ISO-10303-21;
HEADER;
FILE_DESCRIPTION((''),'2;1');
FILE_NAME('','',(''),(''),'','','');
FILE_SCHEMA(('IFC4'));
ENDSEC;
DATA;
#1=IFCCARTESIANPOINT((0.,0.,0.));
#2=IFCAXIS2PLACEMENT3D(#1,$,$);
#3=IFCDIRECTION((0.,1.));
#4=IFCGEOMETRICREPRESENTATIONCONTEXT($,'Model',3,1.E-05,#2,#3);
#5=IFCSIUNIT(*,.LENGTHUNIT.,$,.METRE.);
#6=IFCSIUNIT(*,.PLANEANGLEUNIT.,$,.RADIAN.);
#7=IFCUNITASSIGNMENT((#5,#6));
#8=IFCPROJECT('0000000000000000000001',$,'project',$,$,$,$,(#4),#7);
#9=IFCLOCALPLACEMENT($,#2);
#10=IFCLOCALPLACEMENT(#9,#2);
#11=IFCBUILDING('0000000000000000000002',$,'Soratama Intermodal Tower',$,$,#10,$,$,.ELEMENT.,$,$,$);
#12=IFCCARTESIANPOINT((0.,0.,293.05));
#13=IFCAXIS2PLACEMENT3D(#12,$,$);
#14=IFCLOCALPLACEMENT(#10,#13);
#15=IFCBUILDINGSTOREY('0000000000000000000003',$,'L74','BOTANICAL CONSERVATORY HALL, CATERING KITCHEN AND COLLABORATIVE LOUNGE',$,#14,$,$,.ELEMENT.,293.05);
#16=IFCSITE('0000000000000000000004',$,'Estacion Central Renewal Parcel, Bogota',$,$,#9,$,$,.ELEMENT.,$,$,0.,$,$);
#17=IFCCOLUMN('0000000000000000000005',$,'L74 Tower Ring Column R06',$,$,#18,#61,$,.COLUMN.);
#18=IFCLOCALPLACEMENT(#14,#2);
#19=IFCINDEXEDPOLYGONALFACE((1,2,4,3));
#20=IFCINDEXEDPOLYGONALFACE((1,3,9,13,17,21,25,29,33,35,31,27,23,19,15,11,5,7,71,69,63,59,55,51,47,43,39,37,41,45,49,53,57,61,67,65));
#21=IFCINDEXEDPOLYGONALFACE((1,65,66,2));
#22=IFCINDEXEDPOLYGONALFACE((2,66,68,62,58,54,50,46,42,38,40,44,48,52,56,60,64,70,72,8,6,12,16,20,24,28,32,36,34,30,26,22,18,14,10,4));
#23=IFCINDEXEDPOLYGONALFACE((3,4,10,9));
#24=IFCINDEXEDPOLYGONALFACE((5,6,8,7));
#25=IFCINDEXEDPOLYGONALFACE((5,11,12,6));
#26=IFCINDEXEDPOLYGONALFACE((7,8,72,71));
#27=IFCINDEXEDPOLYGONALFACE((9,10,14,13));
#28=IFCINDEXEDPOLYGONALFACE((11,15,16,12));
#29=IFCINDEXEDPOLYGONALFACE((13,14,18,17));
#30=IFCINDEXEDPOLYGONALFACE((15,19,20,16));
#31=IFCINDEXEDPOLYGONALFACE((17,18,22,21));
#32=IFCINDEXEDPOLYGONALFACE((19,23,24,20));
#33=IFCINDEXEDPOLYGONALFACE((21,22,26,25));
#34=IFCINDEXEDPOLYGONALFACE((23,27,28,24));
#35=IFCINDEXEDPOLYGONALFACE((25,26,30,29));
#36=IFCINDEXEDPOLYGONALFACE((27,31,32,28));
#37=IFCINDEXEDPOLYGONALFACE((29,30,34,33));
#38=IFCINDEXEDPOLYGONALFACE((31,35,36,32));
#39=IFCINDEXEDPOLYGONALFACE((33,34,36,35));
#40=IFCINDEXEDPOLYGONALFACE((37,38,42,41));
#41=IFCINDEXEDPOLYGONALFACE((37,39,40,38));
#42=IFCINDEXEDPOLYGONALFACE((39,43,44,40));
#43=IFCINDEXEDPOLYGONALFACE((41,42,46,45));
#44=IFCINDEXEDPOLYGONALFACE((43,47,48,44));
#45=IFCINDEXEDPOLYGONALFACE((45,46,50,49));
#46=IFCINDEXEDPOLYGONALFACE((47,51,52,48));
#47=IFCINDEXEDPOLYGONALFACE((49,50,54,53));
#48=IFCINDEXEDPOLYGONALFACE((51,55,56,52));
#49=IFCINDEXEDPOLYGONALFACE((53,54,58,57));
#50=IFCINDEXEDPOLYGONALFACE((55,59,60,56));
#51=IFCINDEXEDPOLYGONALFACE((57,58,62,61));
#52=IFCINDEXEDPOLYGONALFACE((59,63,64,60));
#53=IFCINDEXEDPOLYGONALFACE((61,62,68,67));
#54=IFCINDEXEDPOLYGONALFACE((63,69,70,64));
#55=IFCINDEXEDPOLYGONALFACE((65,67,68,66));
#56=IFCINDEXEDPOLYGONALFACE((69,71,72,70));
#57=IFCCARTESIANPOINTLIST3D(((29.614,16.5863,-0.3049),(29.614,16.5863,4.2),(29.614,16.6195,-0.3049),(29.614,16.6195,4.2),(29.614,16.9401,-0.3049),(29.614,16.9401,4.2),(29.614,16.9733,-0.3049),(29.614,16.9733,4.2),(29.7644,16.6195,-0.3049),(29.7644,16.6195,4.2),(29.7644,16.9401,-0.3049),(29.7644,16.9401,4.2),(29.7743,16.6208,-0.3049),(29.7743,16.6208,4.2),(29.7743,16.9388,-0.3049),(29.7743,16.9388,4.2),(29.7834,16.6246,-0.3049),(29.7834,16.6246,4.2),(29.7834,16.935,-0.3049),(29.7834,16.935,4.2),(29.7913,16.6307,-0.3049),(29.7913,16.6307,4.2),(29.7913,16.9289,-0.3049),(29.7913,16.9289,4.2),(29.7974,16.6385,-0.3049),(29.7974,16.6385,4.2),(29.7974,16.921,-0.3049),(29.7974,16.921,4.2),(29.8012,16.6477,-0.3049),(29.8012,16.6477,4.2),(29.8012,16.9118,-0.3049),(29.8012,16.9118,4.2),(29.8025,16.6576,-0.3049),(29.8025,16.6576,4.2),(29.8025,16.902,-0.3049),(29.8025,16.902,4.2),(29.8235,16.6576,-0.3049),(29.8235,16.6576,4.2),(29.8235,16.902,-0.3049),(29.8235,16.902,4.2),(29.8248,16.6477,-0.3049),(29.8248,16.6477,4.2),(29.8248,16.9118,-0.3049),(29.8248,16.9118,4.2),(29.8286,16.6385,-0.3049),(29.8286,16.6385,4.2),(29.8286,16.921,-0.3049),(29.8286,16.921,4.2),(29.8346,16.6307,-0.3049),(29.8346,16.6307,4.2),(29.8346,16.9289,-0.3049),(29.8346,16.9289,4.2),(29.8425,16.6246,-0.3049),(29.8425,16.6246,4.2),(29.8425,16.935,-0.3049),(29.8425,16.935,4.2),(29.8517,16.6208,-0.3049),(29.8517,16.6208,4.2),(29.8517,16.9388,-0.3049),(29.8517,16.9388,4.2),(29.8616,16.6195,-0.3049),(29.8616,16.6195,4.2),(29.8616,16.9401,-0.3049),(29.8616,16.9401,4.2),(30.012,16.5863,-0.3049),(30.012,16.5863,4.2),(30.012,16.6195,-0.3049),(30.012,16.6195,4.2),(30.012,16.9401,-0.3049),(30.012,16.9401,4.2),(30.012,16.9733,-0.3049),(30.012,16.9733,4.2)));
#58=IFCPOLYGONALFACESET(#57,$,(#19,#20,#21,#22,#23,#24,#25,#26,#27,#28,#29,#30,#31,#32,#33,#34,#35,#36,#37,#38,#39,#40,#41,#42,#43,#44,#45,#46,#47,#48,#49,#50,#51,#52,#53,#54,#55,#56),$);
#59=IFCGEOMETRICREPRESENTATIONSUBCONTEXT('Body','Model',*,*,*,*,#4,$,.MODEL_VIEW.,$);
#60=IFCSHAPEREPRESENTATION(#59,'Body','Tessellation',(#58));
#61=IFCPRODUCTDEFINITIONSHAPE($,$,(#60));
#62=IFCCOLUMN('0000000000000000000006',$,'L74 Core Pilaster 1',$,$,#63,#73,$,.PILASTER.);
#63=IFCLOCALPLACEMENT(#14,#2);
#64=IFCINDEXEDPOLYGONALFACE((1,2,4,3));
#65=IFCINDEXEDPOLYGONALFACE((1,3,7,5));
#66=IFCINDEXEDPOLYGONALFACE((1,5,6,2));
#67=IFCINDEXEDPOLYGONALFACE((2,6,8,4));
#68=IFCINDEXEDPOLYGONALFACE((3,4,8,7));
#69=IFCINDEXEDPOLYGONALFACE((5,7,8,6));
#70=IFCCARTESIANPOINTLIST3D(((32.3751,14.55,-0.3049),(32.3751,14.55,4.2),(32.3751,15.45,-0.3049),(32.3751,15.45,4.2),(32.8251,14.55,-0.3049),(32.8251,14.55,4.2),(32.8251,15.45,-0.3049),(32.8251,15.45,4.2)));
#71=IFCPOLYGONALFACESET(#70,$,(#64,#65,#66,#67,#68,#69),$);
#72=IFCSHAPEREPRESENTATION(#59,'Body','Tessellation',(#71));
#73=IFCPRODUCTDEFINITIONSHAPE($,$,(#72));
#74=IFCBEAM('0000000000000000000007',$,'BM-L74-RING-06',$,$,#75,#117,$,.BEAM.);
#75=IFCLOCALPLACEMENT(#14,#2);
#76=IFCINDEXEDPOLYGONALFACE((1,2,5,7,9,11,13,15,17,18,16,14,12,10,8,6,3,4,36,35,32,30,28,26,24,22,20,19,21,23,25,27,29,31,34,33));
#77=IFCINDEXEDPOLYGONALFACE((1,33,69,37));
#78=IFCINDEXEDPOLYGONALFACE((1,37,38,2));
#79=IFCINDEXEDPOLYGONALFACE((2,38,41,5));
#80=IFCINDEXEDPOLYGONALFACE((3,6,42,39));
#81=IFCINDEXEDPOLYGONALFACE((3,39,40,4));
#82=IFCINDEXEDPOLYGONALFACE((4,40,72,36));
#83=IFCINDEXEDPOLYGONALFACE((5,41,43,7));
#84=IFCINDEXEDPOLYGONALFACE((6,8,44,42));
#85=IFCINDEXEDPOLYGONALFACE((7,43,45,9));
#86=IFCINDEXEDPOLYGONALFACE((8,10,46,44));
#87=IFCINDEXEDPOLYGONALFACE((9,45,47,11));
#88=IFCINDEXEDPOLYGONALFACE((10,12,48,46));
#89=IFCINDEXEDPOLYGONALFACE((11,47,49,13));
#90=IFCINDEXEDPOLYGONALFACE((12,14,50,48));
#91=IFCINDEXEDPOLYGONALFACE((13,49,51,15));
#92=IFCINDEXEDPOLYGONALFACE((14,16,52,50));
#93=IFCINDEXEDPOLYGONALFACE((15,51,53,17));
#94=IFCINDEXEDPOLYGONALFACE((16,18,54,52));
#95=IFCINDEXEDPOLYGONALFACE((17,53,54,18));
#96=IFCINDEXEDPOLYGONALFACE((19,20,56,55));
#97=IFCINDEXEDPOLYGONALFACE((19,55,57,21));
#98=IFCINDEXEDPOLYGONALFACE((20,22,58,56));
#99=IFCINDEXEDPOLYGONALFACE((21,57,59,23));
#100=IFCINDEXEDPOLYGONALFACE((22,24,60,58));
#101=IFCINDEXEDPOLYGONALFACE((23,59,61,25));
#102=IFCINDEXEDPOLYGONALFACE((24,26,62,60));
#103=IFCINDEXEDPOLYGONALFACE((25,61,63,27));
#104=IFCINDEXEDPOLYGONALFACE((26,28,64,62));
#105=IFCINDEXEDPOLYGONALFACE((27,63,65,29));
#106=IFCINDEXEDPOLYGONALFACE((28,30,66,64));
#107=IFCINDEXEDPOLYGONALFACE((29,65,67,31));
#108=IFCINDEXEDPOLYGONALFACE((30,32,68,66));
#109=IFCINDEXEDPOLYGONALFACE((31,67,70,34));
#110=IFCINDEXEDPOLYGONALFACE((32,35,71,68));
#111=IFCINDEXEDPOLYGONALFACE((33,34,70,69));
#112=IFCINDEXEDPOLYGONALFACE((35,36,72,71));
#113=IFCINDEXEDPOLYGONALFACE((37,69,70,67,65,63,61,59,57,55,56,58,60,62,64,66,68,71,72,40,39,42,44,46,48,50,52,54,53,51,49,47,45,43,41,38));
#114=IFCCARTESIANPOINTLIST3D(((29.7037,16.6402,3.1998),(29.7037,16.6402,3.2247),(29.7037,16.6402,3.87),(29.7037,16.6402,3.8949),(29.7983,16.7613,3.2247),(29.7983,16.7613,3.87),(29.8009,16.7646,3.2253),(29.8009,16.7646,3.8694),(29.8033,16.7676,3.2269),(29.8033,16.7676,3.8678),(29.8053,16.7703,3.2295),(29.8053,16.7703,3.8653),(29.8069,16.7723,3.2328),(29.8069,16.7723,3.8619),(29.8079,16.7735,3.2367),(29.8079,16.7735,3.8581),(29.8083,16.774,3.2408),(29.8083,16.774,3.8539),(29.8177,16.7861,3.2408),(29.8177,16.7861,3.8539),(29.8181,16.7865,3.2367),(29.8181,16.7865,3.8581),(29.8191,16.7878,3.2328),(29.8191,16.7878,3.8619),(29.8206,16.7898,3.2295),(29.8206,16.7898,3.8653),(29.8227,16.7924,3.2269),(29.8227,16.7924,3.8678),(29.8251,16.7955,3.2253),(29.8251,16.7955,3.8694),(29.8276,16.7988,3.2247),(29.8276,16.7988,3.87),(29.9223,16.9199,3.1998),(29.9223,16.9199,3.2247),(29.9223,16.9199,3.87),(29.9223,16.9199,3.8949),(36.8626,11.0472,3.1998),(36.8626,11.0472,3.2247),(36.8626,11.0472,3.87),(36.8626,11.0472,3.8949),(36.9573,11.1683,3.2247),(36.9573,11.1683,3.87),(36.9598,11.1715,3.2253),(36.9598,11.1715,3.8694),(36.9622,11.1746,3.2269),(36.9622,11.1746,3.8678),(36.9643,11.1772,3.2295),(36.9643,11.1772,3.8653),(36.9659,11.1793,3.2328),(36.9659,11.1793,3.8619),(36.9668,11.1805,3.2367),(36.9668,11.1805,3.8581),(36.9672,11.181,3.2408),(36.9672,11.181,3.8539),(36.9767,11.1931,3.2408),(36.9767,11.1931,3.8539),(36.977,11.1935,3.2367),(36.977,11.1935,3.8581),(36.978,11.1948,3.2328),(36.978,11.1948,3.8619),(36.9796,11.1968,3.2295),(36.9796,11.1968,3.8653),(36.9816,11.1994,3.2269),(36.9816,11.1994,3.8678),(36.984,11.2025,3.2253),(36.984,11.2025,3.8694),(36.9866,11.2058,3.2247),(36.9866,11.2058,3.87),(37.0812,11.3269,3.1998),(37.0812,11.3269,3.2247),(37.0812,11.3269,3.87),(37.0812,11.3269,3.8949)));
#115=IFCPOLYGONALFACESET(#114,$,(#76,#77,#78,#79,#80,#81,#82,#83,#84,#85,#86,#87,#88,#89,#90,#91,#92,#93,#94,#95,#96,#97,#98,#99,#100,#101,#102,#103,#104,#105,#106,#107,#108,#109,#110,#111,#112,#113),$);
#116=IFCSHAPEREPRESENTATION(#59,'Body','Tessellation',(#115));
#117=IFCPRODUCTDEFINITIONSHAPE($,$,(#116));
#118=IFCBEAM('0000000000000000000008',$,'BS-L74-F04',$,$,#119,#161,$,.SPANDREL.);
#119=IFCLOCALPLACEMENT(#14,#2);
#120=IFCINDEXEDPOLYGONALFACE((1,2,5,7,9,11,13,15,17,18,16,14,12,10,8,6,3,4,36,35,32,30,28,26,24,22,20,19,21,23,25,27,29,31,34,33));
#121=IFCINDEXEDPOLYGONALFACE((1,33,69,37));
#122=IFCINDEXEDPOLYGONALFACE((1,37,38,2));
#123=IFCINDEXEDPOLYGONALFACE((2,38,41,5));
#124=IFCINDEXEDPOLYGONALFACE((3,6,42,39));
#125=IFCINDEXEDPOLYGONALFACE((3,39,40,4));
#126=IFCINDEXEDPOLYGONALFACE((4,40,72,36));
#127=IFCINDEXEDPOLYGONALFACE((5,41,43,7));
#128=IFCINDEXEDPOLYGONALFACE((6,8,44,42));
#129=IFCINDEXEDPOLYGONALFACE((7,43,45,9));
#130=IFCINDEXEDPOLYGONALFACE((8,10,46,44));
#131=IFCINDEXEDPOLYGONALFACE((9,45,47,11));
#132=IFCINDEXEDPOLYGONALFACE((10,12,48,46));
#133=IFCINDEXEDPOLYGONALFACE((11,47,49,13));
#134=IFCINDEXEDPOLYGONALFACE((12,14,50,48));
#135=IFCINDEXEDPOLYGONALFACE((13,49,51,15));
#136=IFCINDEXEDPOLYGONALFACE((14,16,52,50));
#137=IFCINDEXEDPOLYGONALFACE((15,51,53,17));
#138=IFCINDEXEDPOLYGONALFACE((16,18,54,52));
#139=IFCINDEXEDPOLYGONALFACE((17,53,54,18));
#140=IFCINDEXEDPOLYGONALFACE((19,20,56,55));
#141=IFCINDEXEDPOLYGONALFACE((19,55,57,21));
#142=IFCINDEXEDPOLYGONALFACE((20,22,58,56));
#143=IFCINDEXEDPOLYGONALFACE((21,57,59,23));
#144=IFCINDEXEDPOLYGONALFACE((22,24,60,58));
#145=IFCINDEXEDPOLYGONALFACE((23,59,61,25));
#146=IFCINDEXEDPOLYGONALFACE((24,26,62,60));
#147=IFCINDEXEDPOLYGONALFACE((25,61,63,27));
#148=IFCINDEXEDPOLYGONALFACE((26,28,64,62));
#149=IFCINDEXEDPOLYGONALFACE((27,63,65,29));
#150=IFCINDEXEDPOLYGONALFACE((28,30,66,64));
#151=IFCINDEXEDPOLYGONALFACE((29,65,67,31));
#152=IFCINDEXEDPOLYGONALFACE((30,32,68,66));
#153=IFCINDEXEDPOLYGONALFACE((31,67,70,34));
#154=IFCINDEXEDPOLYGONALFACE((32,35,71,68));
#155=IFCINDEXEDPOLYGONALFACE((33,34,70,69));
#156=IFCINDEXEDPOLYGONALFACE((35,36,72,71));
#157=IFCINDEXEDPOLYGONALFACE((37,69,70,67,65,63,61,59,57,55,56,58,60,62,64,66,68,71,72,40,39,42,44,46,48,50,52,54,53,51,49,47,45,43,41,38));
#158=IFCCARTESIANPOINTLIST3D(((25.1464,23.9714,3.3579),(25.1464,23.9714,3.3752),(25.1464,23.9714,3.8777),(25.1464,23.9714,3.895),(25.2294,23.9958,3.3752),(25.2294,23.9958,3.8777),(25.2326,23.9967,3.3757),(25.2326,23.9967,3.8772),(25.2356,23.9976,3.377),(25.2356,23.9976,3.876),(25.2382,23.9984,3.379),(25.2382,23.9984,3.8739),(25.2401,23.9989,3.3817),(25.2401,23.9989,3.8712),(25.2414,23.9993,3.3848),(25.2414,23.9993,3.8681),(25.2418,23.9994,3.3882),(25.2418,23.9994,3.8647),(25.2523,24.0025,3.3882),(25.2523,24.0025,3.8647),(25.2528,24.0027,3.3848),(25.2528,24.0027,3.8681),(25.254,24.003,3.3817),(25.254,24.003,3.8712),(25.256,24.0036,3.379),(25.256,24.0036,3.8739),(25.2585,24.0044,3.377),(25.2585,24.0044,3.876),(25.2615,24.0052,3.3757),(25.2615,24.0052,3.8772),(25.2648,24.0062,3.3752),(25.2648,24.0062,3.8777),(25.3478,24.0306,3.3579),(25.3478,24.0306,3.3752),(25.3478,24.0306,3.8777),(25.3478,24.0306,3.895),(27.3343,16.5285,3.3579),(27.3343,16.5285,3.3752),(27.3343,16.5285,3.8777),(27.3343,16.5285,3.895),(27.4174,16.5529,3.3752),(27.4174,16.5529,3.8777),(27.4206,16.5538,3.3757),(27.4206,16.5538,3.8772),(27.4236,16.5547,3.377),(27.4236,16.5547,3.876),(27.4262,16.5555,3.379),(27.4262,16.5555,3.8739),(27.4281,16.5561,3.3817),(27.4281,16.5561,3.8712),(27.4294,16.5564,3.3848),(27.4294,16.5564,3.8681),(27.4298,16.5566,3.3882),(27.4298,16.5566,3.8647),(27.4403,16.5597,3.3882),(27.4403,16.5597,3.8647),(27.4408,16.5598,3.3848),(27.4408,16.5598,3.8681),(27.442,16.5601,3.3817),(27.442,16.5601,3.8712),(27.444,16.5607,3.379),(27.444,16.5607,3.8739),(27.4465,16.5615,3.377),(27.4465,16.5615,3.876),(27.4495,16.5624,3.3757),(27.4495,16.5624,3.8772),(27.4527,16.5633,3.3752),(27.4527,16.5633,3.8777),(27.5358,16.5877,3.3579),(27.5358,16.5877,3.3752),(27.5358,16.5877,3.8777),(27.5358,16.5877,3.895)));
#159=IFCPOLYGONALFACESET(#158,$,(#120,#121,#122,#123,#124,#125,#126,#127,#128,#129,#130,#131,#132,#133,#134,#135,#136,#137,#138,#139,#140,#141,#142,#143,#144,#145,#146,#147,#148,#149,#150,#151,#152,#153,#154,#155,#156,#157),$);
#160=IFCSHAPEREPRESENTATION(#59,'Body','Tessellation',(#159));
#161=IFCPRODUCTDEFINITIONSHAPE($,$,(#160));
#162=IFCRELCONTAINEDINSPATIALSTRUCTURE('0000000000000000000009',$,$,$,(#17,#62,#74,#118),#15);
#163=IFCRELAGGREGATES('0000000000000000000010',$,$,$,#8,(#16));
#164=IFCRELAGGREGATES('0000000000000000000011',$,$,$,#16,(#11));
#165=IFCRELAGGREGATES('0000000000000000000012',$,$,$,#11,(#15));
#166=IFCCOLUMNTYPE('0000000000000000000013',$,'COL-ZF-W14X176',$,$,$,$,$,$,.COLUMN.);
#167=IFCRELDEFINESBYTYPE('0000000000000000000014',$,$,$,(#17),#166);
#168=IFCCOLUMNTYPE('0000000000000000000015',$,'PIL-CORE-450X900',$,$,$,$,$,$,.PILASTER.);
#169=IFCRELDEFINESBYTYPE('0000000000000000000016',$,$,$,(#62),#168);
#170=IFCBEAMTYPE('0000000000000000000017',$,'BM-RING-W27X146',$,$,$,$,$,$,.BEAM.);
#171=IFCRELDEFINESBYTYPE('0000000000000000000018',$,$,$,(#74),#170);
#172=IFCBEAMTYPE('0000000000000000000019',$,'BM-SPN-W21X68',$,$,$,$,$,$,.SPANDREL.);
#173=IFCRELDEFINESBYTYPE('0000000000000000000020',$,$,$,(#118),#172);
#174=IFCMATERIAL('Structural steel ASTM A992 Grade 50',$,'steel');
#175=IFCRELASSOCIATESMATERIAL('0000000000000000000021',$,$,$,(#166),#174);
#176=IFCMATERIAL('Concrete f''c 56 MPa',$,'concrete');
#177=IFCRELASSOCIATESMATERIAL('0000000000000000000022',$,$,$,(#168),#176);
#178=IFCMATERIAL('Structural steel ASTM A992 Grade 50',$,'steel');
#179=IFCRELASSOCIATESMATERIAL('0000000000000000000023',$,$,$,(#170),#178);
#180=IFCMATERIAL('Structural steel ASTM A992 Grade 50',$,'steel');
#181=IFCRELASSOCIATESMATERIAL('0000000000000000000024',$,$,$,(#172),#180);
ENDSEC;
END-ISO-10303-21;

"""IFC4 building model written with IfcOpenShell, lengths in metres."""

from ifc_helpers import new_model, si_unit, direction, frame, origin, origin_2d, place, context, subcontext, project, spatial, rectangle, i_section, extrude, material, material_profile, profile_set, type_object, element, save


model = new_model("IFC4")

# Units and contexts
model_context = context("Model", 3, precision=1e-05, world=origin(), true_north=direction((0.0, 1.0)))
body_context = subcontext(model_context, "Body", "Model", "MODEL_VIEW")
ifc_project = project(units=[si_unit("LENGTHUNIT", "METRE"), si_unit("PLANEANGLEUNIT", "RADIAN")], contexts=[model_context])

# Site, building, storey
site_placement = place(None, origin())
site = spatial("IfcSite", under=ifc_project, at=site_placement, Name="Estacion Central Renewal Parcel, Bogota", CompositionType="ELEMENT", RefElevation=0.0)
building_placement = place(site_placement, origin())
building = spatial("IfcBuilding", under=site, at=building_placement, Name="Soratama Intermodal Tower", CompositionType="ELEMENT")
storey_placement = place(building_placement, frame((0.0, 0.0, 293.05)))
storey = spatial("IfcBuildingStorey", under=building, at=storey_placement, Name="L74", Description="BOTANICAL CONSERVATORY HALL, CATERING KITCHEN AND COLLABORATIVE LOUNGE", CompositionType="ELEMENT", Elevation=293.05)

# Columns
ifc_material_1 = material(Name="Structural steel ASTM A992 Grade 50", Category="steel")
ifc_material_profile_1 = material_profile(ifc_material_1, i_section(OverallWidth=0.3979, OverallDepth=0.387, WebThickness=0.021, FlangeThickness=0.0332, FilletRadius=0.0381, at=origin_2d()), Name="W14X176")
ifc_profile_set_1 = profile_set([ifc_material_profile_1], Name="Structural steel ASTM A992 Grade 50")
column_type_1 = type_object("IfcColumnType", Name="COL-ZF-W14X176", PredefinedType="COLUMN", material=ifc_profile_set_1)
column_1_placement = place(storey_placement, frame((29.813, 16.7798, -0.3049), z_axis=(0.0, 0.0, 1.0), x_axis=(1.0, 0.0, 0.0)))
element("IfcColumn", 1, at=column_1_placement, inside=storey, type_object=column_type_1, Name="L74 Tower Ring Column R06", PredefinedType="COLUMN", context=body_context, shape_type="SweptSolid", body=[
    extrude(i_section(OverallWidth=0.3979, OverallDepth=0.387, WebThickness=0.021, FlangeThickness=0.0332, FilletRadius=0.0381, at=origin_2d()), origin(), (0.0, 0.0, 1.0), 4.5049),
])
ifc_material_2 = material(Name="Concrete f'c 56 MPa", Category="concrete")
ifc_material_profile_2 = material_profile(ifc_material_2, rectangle(XDim=0.45, YDim=0.8999, at=origin_2d()), Name="RC450X900")
ifc_profile_set_2 = profile_set([ifc_material_profile_2], Name="Concrete f'c 56 MPa")
column_type_2 = type_object("IfcColumnType", Name="PIL-CORE-450X900", PredefinedType="PILASTER", material=ifc_profile_set_2)
column_2_placement = place(storey_placement, frame((32.6001, 15.0, -0.3049), z_axis=(0.0, 0.0, 1.0), x_axis=(1.0, 0.0, 0.0)))
element("IfcColumn", 2, at=column_2_placement, inside=storey, type_object=column_type_2, Name="L74 Core Pilaster 1", PredefinedType="PILASTER", context=body_context, shape_type="SweptSolid", body=[
    extrude(rectangle(XDim=0.45, YDim=0.8999, at=origin_2d()), origin(), (0.0, 0.0, 1.0), 4.5049),
])

# Beams
ifc_material_3 = material(Name="Structural steel ASTM A992 Grade 50", Category="steel")
ifc_material_profile_3 = material_profile(ifc_material_3, i_section(OverallWidth=0.355, OverallDepth=0.6951, WebThickness=0.0154, FlangeThickness=0.0249, FilletRadius=0.0161, at=origin_2d()), Name="W27X146")
ifc_profile_set_3 = profile_set([ifc_material_profile_3], Name="Structural steel ASTM A992 Grade 50")
beam_type_1 = type_object("IfcBeamType", Name="BM-RING-W27X146", PredefinedType="BEAM", material=ifc_profile_set_3)
beam_1_placement = place(storey_placement, frame((29.813, 16.78, 3.5474), z_axis=(0.788019, -0.615651, 0.0), x_axis=(0.615651, 0.788019, 0.0)))
element("IfcBeam", 3, at=beam_1_placement, inside=storey, type_object=beam_type_1, Name="BM-L74-RING-06", PredefinedType="BEAM", context=body_context, shape_type="SweptSolid", body=[
    extrude(i_section(OverallWidth=0.355, OverallDepth=0.6951, WebThickness=0.0154, FlangeThickness=0.0249, FilletRadius=0.0161, at=origin_2d()), origin(), (0.0, 0.0, 1.0), 9.0847),
])
ifc_material_4 = material(Name="Structural steel ASTM A992 Grade 50", Category="steel")
ifc_material_profile_4 = material_profile(ifc_material_4, i_section(OverallWidth=0.21, OverallDepth=0.5371, WebThickness=0.011, FlangeThickness=0.0173, FilletRadius=0.0129, at=origin_2d()), Name="W21X68")
ifc_profile_set_4 = profile_set([ifc_material_profile_4], Name="Structural steel ASTM A992 Grade 50")
beam_type_2 = type_object("IfcBeamType", Name="BM-SPN-W21X68", PredefinedType="SPANDREL", material=ifc_profile_set_4)
beam_2_placement = place(storey_placement, frame((25.2471, 24.001, 3.6265), z_axis=(0.282037, -0.959404, 0.0), x_axis=(0.959404, 0.282037, 0.0)))
element("IfcBeam", 4, at=beam_2_placement, inside=storey, type_object=beam_type_2, Name="BS-L74-F04", PredefinedType="SPANDREL", context=body_context, shape_type="SweptSolid", body=[
    extrude(i_section(OverallWidth=0.21, OverallDepth=0.5371, WebThickness=0.011, FlangeThickness=0.0173, FilletRadius=0.0129, at=origin_2d()), origin(), (0.0, 0.0, 1.0), 7.7578),
])

save(model, "model.ifc")
